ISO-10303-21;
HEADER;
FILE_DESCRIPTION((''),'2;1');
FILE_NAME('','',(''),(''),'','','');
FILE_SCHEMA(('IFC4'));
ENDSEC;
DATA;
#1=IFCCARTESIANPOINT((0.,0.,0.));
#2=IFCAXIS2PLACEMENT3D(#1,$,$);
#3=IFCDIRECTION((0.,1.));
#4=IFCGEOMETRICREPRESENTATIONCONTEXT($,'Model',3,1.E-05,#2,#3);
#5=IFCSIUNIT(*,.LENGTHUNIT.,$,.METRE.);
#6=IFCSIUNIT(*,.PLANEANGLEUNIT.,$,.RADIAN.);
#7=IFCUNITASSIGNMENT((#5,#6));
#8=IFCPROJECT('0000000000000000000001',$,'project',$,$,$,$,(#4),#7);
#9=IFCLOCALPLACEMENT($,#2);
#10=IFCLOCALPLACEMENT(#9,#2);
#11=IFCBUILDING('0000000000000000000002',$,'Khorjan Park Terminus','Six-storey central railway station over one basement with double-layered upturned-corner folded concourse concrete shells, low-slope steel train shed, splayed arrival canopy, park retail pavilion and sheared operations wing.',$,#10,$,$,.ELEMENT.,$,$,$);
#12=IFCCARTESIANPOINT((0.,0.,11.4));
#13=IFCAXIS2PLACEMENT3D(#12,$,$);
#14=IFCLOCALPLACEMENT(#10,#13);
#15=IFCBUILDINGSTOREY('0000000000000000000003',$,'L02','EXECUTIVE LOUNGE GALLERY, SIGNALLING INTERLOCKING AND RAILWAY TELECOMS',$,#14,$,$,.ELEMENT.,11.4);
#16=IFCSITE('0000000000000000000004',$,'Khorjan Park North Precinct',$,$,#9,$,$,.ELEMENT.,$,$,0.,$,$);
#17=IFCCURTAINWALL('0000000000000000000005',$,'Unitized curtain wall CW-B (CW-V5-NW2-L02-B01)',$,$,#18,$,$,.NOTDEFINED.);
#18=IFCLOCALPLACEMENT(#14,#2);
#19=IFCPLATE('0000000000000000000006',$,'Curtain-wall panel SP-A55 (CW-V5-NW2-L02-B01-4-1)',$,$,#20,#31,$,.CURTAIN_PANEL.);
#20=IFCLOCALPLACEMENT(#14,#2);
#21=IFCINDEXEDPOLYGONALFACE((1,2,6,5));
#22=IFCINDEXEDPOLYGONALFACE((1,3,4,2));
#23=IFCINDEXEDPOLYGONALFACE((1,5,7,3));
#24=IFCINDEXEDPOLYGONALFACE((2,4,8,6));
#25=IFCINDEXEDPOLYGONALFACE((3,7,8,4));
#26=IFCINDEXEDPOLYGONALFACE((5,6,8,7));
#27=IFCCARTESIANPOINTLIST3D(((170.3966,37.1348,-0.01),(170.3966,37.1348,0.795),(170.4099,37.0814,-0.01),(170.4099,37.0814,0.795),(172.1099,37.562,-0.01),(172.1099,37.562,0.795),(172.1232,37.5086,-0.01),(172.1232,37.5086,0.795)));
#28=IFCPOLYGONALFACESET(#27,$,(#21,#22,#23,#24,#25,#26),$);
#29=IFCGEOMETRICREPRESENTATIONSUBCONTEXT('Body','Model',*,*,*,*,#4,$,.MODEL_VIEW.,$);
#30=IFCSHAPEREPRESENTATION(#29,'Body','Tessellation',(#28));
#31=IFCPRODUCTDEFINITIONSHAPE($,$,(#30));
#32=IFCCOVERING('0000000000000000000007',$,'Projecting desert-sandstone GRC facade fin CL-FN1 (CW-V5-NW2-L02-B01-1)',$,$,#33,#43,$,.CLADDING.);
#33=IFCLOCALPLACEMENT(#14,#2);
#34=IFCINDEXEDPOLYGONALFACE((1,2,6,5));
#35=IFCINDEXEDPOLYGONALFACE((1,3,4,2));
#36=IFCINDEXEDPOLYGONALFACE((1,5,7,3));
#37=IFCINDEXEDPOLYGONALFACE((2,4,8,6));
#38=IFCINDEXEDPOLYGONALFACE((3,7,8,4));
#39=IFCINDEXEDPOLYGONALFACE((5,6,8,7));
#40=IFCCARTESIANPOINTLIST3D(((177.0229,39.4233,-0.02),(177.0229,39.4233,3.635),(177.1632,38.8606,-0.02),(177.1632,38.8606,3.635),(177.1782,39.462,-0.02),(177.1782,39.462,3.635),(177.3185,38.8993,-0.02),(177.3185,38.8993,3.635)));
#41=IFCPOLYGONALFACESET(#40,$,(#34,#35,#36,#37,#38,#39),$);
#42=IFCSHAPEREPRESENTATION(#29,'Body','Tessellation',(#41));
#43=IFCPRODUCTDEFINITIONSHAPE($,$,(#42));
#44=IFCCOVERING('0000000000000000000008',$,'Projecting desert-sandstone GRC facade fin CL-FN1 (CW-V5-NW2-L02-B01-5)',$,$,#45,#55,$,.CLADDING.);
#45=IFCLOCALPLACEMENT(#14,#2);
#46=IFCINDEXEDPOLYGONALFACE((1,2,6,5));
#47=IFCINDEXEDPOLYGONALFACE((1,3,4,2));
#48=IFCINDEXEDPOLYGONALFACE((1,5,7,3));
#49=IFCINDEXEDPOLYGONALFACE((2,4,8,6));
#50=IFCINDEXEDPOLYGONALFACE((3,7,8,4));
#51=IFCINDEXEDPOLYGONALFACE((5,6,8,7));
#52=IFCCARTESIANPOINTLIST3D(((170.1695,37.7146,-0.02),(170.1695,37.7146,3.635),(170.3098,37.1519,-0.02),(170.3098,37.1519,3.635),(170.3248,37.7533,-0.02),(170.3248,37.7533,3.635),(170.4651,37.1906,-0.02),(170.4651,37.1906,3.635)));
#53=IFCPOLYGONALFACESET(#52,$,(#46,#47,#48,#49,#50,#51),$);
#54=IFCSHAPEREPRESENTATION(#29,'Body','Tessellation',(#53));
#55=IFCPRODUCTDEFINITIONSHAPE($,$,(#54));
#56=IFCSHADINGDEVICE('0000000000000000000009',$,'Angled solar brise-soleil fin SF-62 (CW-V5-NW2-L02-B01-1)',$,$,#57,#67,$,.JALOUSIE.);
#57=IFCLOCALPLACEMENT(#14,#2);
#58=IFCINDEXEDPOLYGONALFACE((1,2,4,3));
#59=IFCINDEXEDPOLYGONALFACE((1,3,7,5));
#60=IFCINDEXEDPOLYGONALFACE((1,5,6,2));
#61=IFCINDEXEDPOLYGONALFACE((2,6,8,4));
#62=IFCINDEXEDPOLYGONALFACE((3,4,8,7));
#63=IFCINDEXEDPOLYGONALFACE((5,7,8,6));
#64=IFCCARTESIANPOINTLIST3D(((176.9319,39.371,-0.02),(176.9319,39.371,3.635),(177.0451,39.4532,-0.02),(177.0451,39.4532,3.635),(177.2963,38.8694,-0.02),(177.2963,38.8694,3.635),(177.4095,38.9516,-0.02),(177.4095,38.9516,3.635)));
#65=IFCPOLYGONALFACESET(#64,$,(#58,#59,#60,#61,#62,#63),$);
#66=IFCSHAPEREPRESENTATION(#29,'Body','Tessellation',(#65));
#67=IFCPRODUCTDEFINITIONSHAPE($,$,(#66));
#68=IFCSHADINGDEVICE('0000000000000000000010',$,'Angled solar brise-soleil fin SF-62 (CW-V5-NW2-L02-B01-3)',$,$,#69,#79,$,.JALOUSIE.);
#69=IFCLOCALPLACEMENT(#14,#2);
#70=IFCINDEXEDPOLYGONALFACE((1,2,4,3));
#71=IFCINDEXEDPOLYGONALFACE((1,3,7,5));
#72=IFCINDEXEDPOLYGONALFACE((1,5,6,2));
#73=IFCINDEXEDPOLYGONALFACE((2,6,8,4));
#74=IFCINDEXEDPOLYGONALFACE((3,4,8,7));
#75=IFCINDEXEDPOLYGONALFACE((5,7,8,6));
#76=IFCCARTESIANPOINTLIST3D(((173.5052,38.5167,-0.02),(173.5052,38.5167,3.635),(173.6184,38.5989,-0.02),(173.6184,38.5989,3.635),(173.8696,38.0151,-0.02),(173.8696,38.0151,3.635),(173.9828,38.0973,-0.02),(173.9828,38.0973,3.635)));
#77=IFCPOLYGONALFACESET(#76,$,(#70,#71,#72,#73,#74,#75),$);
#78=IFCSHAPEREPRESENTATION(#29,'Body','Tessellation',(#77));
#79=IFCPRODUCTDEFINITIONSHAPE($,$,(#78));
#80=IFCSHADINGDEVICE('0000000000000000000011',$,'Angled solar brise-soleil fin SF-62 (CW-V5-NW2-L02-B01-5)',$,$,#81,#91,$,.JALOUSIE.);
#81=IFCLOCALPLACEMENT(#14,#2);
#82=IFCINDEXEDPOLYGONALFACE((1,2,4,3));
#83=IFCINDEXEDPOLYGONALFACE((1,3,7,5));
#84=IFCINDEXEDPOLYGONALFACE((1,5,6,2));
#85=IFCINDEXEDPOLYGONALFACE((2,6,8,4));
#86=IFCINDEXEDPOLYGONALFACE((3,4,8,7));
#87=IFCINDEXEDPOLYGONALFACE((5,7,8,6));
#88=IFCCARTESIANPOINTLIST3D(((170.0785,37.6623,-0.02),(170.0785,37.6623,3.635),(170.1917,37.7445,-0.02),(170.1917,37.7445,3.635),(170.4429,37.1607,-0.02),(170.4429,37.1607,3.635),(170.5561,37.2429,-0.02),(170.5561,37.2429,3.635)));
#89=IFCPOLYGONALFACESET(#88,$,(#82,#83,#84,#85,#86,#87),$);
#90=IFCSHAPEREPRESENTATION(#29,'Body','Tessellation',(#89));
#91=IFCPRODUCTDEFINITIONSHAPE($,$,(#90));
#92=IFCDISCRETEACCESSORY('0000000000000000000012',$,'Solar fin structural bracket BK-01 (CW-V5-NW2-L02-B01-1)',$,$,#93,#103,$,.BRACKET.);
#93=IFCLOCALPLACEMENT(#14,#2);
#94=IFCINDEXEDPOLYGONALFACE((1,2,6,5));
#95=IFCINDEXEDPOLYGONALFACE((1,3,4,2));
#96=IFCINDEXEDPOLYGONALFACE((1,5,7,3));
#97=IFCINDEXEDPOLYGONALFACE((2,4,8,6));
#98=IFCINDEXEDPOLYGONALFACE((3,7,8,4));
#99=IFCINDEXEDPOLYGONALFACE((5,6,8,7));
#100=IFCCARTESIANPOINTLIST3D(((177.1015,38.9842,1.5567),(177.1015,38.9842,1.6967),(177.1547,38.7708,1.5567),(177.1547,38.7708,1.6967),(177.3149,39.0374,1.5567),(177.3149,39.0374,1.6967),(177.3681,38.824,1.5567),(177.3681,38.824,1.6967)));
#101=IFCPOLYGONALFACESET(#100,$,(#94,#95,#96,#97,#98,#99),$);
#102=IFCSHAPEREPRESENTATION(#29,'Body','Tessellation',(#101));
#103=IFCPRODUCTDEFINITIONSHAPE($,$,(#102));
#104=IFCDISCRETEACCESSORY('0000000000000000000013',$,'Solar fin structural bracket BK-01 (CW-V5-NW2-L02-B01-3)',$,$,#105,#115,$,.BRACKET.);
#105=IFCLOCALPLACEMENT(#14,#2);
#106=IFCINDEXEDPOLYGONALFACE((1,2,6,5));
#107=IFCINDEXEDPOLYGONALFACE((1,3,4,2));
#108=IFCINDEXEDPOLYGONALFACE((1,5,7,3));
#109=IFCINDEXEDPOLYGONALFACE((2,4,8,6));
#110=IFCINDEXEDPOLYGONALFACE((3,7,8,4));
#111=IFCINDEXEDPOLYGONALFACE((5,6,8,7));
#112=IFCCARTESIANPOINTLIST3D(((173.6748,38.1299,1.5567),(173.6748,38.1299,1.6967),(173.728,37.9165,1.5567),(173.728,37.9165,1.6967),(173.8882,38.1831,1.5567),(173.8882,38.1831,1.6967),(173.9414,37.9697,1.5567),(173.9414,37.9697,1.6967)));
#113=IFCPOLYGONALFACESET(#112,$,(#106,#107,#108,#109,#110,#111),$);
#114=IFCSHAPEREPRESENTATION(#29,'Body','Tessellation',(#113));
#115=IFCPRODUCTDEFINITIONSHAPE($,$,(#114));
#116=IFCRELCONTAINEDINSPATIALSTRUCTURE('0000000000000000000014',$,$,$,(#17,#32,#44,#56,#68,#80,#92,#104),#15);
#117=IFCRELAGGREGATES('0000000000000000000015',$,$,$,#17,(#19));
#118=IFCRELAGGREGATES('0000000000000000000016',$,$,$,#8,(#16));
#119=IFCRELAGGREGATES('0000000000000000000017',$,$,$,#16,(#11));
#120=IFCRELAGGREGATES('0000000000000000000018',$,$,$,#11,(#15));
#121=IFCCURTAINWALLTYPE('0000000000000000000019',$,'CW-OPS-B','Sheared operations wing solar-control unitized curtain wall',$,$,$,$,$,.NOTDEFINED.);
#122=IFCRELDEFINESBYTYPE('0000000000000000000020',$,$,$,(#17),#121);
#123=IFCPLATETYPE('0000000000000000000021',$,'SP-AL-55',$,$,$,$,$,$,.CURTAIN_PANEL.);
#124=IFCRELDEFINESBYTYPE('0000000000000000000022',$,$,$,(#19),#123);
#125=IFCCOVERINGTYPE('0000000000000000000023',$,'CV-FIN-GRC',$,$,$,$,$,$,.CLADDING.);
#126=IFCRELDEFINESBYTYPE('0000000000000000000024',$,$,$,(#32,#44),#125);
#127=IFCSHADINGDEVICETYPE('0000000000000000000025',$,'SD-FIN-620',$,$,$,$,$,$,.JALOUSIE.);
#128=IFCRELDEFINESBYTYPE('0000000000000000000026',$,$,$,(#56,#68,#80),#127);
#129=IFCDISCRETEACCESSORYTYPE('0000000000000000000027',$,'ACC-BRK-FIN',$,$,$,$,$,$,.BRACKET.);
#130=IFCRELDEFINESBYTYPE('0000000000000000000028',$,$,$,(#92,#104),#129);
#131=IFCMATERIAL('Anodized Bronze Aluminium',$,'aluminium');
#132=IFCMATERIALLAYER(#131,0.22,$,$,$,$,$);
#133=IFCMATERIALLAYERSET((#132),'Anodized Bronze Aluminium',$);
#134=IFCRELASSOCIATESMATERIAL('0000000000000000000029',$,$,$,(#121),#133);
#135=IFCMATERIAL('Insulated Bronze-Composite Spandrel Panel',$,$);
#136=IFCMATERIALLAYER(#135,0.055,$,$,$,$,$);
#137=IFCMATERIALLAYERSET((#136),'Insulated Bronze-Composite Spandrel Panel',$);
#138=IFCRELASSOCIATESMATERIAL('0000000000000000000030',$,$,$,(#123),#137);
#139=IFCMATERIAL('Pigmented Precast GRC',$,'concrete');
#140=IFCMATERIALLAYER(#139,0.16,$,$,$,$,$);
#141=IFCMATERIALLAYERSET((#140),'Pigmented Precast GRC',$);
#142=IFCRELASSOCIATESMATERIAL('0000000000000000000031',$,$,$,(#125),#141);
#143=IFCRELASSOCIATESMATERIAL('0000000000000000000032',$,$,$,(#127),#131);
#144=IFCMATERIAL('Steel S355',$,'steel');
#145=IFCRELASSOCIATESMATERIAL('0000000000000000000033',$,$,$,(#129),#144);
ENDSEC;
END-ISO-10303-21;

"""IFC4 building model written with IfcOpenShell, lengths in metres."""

from ifc_helpers import new_model, si_unit, direction, frame, origin, origin_2d, place, context, subcontext, project, spatial, rectangle, extrude, material, layer, layer_set, type_object, element, aggregate, save


model = new_model("IFC4")

# Units and contexts
model_context = context("Model", 3, precision=1e-05, world=origin(), true_north=direction((0.0, 1.0)))
body_context = subcontext(model_context, "Body", "Model", "MODEL_VIEW")
ifc_project = project(units=[si_unit("LENGTHUNIT", "METRE"), si_unit("PLANEANGLEUNIT", "RADIAN")], contexts=[model_context])

# Site, building, storey
site_placement = place(None, origin())
site = spatial("IfcSite", under=ifc_project, at=site_placement, Name="Khorjan Park North Precinct", CompositionType="ELEMENT", RefElevation=0.0)
building_placement = place(site_placement, origin())
building = spatial("IfcBuilding", under=site, at=building_placement, Name="Khorjan Park Terminus", Description="Six-storey central railway station over one basement with double-layered upturned-corner folded concourse concrete shells, low-slope steel train shed, splayed arrival canopy, park retail pavilion and sheared operations wing.", CompositionType="ELEMENT")
storey_placement = place(building_placement, frame((0.0, 0.0, 11.4)))
storey = spatial("IfcBuildingStorey", under=building, at=storey_placement, Name="L02", Description="EXECUTIVE LOUNGE GALLERY, SIGNALLING INTERLOCKING AND RAILWAY TELECOMS", CompositionType="ELEMENT", Elevation=11.4)

# Shared definitions
ifc_material_1 = material(Name="Steel S355", Category="steel")

# Shared definitions
ifc_material_2 = material(Name="Anodized Bronze Aluminium", Category="aluminium")
ifc_layer_1 = layer(ifc_material_2, 0.22)
ifc_layer_set_1 = layer_set([ifc_layer_1], Name="Anodized Bronze Aluminium")
curtain_wall_type = type_object("IfcCurtainWallType", Name="CW-OPS-B", Description="Sheared operations wing solar-control unitized curtain wall", PredefinedType="NOTDEFINED", material=ifc_layer_set_1)

# Curtain wall
curtain_wall_1_placement = place(storey_placement, origin())
curtain_wall_1 = element("IfcCurtainWall", 1, at=curtain_wall_1_placement, inside=storey, type_object=curtain_wall_type, Name="Unitized curtain wall CW-B (CW-V5-NW2-L02-B01)", PredefinedType="NOTDEFINED")

# Plate
ifc_material_3 = material(Name="Insulated Bronze-Composite Spandrel Panel")
ifc_layer_2 = layer(ifc_material_3, 0.055)
ifc_layer_set_2 = layer_set([ifc_layer_2], Name="Insulated Bronze-Composite Spandrel Panel")
plate_type_1 = type_object("IfcPlateType", Name="SP-AL-55", PredefinedType="CURTAIN_PANEL", material=ifc_layer_set_2)
plate_1_placement = place(storey_placement, frame((171.2599, 37.3217, -0.01), z_axis=(0.0, 0.0, 1.0), x_axis=(-0.970297, -0.241918, 0.0)))
plate_1 = element("IfcPlate", 2, at=plate_1_placement, type_object=plate_type_1, Name="Curtain-wall panel SP-A55 (CW-V5-NW2-L02-B01-4-1)", PredefinedType="CURTAIN_PANEL", context=body_context, shape_type="SweptSolid", body=[
    extrude(rectangle(XDim=1.7658, YDim=0.055, at=origin_2d()), origin(), (0.0, 0.0, 1.0), 0.805),
])
aggregate(curtain_wall_1, [plate_1])

# Coverings
ifc_material_4 = material(Name="Pigmented Precast GRC", Category="concrete")
ifc_layer_3 = layer(ifc_material_4, 0.16)
ifc_layer_set_3 = layer_set([ifc_layer_3], Name="Pigmented Precast GRC")
covering_type = type_object("IfcCoveringType", Name="CV-FIN-GRC", PredefinedType="CLADDING", material=ifc_layer_set_3)
for number, where, z_axis, x_axis, name in (
    (3, (177.1707, 39.1613, -0.02), (0.0, 0.0, 1.0), (0.241922, -0.970296, 0.0), "Projecting desert-sandstone GRC facade fin CL-FN1 (CW-V5-NW2-L02-B01-1)"),
    (4, (170.3173, 37.4526, -0.02), (0.0, 0.0, 1.0), (0.241922, -0.970296, 0.0), "Projecting desert-sandstone GRC facade fin CL-FN1 (CW-V5-NW2-L02-B01-5)"),
):
    element("IfcCovering", number, at=place(storey_placement, frame(where, z_axis=z_axis, x_axis=x_axis)), inside=storey, type_object=covering_type, Name=name, PredefinedType="CLADDING", context=body_context, shape_type="SweptSolid", body=[
        extrude(rectangle(XDim=0.58, YDim=0.16, at=origin_2d()), origin(), (0.0, 0.0, 1.0), 3.655),
    ])

# Shading devices
shading_device_type = type_object("IfcShadingDeviceType", Name="SD-FIN-620", PredefinedType="JALOUSIE", material=ifc_material_2)
for number, where, z_axis, x_axis, name in (
    (5, (177.1707, 39.1613, -0.02), (0.0, 0.0, 1.0), (0.587785, -0.809017, 0.0), "Angled solar brise-soleil fin SF-62 (CW-V5-NW2-L02-B01-1)"),
    (6, (173.744, 38.307, -0.02), (0.0, 0.0, 1.0), (0.587785, -0.809017, 0.0), "Angled solar brise-soleil fin SF-62 (CW-V5-NW2-L02-B01-3)"),
    (7, (170.3173, 37.4526, -0.02), (0.0, 0.0, 1.0), (0.587785, -0.809017, 0.0), "Angled solar brise-soleil fin SF-62 (CW-V5-NW2-L02-B01-5)"),
):
    element("IfcShadingDevice", number, at=place(storey_placement, frame(where, z_axis=z_axis, x_axis=x_axis)), inside=storey, type_object=shading_device_type, Name=name, PredefinedType="JALOUSIE", context=body_context, shape_type="SweptSolid", body=[
        extrude(rectangle(XDim=0.62, YDim=0.14, at=origin_2d()), origin(), (0.0, 0.0, 1.0), 3.655),
    ])

# Discrete accessories
discrete_accessory_type = type_object("IfcDiscreteAccessoryType", Name="ACC-BRK-FIN", PredefinedType="BRACKET", material=ifc_material_1)
for number, where, z_axis, x_axis, name in (
    (8, (177.2348, 38.9041, 1.5567), (0.0, 0.0, 1.0), (-0.970297, -0.241918, 0.0), "Solar fin structural bracket BK-01 (CW-V5-NW2-L02-B01-1)"),
    (9, (173.8081, 38.0498, 1.5567), (0.0, 0.0, 1.0), (-0.970297, -0.241918, 0.0), "Solar fin structural bracket BK-01 (CW-V5-NW2-L02-B01-3)"),
):
    element("IfcDiscreteAccessory", number, at=place(storey_placement, frame(where, z_axis=z_axis, x_axis=x_axis)), inside=storey, type_object=discrete_accessory_type, Name=name, PredefinedType="BRACKET", context=body_context, shape_type="SweptSolid", body=[
        extrude(rectangle(XDim=0.22, YDim=0.22, at=origin_2d()), origin(), (0.0, 0.0, 1.0), 0.14),
    ])

save(model, "model.ifc")
